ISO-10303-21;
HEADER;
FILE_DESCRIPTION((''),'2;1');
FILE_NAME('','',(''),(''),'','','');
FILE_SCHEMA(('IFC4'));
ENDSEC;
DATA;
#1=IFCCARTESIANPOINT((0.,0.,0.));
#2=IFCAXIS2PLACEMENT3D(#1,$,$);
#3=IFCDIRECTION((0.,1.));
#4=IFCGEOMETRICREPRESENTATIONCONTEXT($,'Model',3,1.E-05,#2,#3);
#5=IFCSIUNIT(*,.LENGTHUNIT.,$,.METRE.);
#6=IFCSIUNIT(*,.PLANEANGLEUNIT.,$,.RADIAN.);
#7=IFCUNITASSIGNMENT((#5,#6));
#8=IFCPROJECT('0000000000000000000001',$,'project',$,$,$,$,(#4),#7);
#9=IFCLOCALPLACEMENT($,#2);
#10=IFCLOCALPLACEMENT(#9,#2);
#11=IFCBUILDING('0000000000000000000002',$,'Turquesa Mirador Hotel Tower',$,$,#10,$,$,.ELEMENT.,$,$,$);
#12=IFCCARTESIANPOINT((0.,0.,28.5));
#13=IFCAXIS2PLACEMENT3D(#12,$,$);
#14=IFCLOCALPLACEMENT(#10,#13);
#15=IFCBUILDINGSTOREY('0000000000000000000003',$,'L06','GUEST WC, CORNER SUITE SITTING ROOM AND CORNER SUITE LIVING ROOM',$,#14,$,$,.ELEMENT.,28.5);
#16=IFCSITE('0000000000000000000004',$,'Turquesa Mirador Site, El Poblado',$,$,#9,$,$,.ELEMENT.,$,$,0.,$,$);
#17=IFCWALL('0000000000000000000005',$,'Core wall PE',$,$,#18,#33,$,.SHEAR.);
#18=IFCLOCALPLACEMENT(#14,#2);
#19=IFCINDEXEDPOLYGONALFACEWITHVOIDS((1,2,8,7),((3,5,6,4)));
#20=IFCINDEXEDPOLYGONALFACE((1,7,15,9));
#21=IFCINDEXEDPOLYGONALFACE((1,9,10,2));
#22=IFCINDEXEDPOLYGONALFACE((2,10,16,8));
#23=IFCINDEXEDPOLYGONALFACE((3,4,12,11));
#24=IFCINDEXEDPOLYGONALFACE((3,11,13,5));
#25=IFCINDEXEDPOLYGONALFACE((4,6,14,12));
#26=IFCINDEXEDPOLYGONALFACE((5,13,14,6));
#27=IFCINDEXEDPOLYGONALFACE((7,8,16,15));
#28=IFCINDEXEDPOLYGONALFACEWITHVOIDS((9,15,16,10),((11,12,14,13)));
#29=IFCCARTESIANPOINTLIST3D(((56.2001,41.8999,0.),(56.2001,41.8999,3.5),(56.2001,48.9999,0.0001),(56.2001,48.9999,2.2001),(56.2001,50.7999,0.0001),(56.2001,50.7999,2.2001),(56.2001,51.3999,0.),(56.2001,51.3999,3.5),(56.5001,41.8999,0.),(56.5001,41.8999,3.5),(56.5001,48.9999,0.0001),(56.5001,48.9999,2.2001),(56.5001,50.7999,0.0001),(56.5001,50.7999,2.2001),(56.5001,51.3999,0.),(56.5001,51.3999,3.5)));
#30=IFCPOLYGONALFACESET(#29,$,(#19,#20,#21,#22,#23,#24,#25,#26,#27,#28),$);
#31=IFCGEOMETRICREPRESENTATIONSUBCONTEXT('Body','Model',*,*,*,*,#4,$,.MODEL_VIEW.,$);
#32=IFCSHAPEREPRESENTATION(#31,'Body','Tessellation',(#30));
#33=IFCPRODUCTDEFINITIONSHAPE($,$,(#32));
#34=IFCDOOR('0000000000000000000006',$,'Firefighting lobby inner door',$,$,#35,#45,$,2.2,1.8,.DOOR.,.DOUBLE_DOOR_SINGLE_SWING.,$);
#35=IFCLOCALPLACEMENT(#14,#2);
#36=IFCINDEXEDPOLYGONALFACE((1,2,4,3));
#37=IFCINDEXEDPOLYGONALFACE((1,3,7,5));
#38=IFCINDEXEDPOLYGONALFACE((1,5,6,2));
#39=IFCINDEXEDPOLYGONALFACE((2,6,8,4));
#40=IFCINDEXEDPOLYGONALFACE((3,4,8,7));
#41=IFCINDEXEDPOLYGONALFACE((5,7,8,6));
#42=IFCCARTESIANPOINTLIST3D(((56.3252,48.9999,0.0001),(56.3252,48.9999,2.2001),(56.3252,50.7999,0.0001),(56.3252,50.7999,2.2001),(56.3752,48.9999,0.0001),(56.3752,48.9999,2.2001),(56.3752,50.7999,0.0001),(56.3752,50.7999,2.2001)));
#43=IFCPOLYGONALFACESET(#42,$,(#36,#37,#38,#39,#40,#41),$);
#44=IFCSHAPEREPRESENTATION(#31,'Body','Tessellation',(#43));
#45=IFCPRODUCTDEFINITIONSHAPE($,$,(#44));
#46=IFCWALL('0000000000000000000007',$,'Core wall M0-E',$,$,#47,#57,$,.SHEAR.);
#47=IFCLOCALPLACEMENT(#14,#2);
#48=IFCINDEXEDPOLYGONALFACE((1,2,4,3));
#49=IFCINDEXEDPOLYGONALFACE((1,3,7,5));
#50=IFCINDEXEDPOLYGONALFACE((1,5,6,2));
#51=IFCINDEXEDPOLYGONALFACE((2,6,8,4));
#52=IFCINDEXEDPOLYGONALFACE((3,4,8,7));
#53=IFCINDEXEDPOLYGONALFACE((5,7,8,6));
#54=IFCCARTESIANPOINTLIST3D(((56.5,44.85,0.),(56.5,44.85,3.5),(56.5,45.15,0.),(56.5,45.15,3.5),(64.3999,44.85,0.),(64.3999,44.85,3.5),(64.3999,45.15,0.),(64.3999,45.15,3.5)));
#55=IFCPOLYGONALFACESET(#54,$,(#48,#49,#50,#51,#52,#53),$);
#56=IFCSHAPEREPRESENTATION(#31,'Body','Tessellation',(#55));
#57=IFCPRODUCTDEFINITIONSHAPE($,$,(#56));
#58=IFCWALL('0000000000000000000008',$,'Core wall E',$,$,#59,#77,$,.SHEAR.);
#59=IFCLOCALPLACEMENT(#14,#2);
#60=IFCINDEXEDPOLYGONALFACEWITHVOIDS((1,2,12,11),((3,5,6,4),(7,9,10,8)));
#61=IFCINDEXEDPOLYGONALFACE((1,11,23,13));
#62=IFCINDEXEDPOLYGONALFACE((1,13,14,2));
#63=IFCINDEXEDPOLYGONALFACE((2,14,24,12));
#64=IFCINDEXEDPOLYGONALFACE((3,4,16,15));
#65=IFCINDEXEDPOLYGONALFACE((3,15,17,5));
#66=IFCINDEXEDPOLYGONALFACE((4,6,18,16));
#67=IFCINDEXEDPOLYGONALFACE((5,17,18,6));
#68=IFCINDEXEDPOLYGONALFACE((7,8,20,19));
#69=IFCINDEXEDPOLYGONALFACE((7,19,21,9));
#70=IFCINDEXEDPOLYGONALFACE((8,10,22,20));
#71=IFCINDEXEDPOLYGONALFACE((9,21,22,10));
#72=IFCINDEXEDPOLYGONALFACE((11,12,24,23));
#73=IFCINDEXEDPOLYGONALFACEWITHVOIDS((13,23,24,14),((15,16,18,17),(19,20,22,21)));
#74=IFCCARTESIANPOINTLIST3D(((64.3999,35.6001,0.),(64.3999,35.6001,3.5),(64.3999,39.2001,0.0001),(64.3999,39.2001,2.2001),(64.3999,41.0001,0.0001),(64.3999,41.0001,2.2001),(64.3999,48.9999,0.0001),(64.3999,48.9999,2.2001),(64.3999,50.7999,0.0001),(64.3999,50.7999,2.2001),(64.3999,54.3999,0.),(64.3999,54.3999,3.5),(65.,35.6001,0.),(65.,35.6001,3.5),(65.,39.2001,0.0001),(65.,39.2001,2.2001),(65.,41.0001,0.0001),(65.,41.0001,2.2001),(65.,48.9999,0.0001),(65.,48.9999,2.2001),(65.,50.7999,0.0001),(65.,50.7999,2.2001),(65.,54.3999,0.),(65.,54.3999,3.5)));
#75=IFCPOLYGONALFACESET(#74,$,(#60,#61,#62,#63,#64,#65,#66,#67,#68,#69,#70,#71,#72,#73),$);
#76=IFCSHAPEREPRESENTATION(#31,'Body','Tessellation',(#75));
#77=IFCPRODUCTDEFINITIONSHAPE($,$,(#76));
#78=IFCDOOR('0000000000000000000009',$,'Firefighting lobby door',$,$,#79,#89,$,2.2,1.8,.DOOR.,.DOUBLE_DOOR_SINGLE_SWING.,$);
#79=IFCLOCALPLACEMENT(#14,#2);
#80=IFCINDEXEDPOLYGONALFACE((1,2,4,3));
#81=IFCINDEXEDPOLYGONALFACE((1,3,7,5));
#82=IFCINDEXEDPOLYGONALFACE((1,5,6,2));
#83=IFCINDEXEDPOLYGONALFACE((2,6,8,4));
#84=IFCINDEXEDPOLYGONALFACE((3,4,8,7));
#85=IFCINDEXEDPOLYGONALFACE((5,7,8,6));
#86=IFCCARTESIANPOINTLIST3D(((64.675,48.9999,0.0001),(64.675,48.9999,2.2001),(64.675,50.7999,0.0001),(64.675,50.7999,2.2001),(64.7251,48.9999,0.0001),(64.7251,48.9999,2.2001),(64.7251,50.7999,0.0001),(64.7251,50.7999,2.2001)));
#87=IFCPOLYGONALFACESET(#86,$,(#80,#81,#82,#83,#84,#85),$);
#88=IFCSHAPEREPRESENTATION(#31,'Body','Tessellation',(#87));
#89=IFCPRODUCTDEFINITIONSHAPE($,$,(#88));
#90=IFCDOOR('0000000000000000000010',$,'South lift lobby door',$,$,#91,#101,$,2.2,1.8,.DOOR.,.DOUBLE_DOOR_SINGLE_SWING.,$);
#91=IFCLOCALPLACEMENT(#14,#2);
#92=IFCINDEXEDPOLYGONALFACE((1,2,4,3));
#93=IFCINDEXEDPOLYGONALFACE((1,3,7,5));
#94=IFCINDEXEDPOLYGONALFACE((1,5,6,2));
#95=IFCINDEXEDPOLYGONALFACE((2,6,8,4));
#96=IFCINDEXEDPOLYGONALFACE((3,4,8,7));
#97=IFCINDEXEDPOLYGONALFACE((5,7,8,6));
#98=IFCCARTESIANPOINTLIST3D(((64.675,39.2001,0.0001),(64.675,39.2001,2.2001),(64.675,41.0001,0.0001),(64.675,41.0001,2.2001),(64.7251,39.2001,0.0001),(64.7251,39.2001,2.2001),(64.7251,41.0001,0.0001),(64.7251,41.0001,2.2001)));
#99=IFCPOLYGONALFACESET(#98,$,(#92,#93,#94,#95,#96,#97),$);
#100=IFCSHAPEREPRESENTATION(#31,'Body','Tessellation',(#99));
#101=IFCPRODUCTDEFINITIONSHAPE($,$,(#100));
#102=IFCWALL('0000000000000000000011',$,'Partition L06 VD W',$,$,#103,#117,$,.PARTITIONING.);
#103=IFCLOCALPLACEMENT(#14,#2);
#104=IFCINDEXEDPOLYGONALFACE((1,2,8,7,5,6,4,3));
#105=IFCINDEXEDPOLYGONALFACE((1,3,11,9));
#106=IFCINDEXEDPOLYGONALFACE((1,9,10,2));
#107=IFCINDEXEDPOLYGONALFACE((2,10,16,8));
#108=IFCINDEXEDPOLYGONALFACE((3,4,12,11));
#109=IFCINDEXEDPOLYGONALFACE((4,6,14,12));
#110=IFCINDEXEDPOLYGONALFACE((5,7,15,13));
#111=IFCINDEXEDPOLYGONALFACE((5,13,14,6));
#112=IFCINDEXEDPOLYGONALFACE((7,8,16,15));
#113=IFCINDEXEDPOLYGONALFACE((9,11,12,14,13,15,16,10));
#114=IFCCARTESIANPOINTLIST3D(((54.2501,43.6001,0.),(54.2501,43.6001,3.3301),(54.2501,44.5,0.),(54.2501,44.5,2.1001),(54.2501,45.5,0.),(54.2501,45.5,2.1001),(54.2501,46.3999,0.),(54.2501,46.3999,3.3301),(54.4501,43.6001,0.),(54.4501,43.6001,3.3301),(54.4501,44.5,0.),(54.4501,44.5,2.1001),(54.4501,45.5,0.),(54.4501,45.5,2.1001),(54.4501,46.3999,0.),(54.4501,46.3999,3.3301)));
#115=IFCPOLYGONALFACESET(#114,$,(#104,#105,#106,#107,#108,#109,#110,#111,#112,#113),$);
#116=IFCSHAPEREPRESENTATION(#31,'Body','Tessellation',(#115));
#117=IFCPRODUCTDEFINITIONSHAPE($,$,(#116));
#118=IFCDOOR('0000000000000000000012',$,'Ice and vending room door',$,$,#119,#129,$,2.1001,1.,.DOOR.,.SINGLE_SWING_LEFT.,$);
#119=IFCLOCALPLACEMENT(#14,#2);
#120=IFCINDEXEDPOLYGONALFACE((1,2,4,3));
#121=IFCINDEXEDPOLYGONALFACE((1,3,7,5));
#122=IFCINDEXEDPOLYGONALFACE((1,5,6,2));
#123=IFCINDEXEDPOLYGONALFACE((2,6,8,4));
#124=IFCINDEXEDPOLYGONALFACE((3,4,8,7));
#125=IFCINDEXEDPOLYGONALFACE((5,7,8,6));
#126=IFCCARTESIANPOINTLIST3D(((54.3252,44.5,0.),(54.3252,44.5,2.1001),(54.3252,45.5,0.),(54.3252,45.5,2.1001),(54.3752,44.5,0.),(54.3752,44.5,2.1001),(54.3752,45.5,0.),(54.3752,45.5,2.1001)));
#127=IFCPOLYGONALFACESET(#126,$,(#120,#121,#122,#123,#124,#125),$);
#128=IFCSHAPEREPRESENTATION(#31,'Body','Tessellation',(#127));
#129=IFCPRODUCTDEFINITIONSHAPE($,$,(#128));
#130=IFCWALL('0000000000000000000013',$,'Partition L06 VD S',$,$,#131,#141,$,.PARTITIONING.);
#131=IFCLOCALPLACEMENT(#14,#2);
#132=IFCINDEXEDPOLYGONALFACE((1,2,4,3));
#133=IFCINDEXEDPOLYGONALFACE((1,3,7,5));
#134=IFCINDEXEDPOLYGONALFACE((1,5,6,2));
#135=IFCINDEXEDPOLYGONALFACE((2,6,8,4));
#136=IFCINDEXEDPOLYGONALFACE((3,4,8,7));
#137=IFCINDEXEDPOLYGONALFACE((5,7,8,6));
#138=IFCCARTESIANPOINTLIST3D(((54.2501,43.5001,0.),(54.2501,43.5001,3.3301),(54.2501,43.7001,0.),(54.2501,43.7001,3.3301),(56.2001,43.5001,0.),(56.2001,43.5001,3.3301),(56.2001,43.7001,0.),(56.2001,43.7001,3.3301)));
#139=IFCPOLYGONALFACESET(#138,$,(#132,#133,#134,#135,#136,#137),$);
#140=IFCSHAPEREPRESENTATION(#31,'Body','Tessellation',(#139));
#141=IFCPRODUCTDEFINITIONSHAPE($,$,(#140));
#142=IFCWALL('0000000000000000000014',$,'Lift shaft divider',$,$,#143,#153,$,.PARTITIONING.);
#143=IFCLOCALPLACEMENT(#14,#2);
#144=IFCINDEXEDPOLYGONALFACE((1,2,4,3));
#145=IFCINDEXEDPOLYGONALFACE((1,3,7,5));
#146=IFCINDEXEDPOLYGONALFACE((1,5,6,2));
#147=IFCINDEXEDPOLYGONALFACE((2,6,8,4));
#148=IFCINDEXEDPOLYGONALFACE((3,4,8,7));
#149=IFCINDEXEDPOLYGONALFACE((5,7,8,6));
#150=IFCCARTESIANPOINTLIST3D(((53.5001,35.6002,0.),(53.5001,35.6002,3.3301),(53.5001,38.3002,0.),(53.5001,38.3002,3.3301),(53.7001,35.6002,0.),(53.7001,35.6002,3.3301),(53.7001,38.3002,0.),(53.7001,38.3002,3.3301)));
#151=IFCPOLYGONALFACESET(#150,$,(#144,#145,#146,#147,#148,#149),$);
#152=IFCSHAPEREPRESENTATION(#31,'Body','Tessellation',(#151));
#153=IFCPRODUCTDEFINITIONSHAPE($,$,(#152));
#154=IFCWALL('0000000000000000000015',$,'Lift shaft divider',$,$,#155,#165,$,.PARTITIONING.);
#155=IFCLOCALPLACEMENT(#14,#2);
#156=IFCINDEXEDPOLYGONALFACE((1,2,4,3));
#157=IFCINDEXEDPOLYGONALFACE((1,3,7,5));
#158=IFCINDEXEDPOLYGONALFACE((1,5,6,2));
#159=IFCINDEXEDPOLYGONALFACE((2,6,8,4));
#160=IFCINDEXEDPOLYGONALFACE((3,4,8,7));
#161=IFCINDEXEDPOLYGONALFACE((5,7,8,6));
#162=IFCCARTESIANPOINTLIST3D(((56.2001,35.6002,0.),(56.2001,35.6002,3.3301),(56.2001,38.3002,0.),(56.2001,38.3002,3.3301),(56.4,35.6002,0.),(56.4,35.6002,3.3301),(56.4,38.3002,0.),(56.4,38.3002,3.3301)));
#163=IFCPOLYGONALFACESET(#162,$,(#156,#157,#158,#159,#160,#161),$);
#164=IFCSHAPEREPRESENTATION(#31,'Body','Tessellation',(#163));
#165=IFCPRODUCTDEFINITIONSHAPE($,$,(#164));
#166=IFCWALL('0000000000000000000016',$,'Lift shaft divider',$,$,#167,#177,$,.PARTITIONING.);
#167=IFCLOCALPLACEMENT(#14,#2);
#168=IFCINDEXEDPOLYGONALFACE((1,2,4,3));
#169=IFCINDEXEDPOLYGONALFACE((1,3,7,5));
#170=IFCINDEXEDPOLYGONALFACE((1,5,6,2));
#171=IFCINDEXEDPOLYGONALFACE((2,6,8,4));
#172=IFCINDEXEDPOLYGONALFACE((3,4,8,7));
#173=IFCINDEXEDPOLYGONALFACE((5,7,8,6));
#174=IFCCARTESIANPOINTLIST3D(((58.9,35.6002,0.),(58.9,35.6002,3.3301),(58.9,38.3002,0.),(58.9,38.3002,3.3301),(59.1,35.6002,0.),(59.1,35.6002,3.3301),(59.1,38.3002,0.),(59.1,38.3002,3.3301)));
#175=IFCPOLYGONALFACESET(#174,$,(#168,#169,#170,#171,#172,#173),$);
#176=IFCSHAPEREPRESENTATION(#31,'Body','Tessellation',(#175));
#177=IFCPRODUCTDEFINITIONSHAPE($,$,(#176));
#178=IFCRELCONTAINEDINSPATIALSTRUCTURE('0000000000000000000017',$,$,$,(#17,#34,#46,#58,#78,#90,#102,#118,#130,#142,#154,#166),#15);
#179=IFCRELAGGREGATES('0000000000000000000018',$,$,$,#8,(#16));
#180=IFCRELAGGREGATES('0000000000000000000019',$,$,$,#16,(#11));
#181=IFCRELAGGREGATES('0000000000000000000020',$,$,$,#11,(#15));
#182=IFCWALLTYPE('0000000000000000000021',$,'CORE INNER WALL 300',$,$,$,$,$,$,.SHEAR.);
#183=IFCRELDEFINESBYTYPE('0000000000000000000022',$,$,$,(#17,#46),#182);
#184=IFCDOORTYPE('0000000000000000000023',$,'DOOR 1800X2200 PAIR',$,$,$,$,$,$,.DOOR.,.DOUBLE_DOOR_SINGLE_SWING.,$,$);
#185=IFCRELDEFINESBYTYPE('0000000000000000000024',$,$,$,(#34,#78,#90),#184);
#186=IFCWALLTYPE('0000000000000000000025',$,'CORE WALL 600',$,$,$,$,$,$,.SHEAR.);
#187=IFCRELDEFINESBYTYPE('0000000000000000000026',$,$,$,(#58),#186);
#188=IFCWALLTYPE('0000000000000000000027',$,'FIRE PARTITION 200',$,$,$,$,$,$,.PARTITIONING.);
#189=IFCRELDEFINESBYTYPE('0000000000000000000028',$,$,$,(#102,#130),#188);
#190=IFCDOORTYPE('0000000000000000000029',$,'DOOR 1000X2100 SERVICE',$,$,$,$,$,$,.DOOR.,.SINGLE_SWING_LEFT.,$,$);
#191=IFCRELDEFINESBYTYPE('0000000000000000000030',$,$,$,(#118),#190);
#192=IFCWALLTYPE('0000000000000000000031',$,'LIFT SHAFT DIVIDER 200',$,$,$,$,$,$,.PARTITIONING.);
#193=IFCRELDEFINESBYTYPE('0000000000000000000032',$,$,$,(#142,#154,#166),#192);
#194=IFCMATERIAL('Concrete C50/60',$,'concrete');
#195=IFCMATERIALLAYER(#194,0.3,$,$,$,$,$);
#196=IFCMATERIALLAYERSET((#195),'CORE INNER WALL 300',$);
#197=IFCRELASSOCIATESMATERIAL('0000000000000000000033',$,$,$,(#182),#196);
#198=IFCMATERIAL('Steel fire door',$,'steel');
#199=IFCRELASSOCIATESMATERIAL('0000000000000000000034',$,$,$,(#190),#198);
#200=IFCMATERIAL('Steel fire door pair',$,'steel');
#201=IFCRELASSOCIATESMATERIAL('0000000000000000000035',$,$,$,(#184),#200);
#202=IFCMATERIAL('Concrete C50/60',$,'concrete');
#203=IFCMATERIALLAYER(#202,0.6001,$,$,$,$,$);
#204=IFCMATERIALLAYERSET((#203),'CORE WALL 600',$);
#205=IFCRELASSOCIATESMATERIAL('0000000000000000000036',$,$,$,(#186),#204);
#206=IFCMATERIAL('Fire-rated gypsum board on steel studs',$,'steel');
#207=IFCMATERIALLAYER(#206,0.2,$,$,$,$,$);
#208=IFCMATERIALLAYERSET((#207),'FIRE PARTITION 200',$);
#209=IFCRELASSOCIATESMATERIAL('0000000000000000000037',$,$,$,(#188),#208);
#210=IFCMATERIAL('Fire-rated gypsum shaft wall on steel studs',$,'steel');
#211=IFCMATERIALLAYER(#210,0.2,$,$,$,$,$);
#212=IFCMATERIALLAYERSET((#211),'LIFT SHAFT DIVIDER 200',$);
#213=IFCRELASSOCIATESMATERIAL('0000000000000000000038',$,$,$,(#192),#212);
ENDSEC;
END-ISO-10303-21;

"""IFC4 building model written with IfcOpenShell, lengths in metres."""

from ifc_helpers import new_model, si_unit, direction, frame, frame_2d, origin, place, context, subcontext, project, spatial, rectangle, extrude, material, layer, layer_set, type_object, element, fill, save


model = new_model("IFC4")

# Units and contexts
model_context = context("Model", 3, precision=1e-05, world=origin(), true_north=direction((0.0, 1.0)))
body_context = subcontext(model_context, "Body", "Model", "MODEL_VIEW")
ifc_project = project(units=[si_unit("LENGTHUNIT", "METRE"), si_unit("PLANEANGLEUNIT", "RADIAN")], contexts=[model_context])

# Site, building, storey
site_placement = place(None, origin())
site = spatial("IfcSite", under=ifc_project, at=site_placement, Name="Turquesa Mirador Site, El Poblado", CompositionType="ELEMENT", RefElevation=0.0)
building_placement = place(site_placement, origin())
building = spatial("IfcBuilding", under=site, at=building_placement, Name="Turquesa Mirador Hotel Tower", CompositionType="ELEMENT")
storey_placement = place(building_placement, frame((0.0, 0.0, 28.5)))
storey = spatial("IfcBuildingStorey", under=building, at=storey_placement, Name="L06", Description="GUEST WC, CORNER SUITE SITTING ROOM AND CORNER SUITE LIVING ROOM", CompositionType="ELEMENT", Elevation=28.5)

# Wall, opening, door
ifc_material_1 = material(Name="Concrete C50/60", Category="concrete")
ifc_layer_1 = layer(ifc_material_1, 0.3)
ifc_layer_set_1 = layer_set([ifc_layer_1], Name="CORE INNER WALL 300")
wall_type_1 = type_object("IfcWallType", Name="CORE INNER WALL 300", PredefinedType="SHEAR", material=ifc_layer_set_1)
ifc_material_2 = material(Name="Steel fire door", Category="steel")
door_type_1 = type_object("IfcDoorType", Name="DOOR 1000X2100 SERVICE", OperationType="SINGLE_SWING_LEFT", PredefinedType="DOOR", material=ifc_material_2)
wall_1_placement = place(storey_placement, frame((56.3501, 41.8999, 0.0), z_axis=(0.0, 0.0, 1.0), x_axis=(0.0, 1.0, 0.0)))
wall_1 = element("IfcWall", 1, at=wall_1_placement, inside=storey, type_object=wall_type_1, Name="Core wall PE", PredefinedType="SHEAR", context=body_context, shape_type="SweptSolid", body=[
    extrude(rectangle(XDim=9.5, YDim=0.3, at=frame_2d((4.75, 0.0))), origin(), (0.0, 0.0, 1.0), 3.5),
])
opening_1_placement = place(wall_1_placement, frame((7.1001, 0.0, 0.0)))
opening_1 = element("IfcOpeningElement", 2, at=opening_1_placement, cuts=wall_1, PredefinedType="OPENING", context=body_context, shape_type="SweptSolid", body=[
    extrude(rectangle(XDim=1.8, YDim=2.2, at=frame_2d((0.8999, 1.1001))), frame((0.0, 0.1599, 0.0), z_axis=(0.0, -1.0, 0.0), x_axis=(1.0, 0.0, 0.0)), (0.0, 0.0, 1.0), 0.3201),
])
ifc_material_3 = material(Name="Steel fire door pair", Category="steel")
door_type_2 = type_object("IfcDoorType", Name="DOOR 1800X2200 PAIR", OperationType="DOUBLE_DOOR_SINGLE_SWING", PredefinedType="DOOR", material=ifc_material_3)
door_1_placement = place(opening_1_placement, origin())
door_1 = element("IfcDoor", 3, at=door_1_placement, inside=storey, type_object=door_type_2, Name="Firefighting lobby inner door", OperationType="DOUBLE_DOOR_SINGLE_SWING", OverallHeight=2.2, OverallWidth=1.8, PredefinedType="DOOR", context=body_context, shape_type="SweptSolid", body=[
    extrude(rectangle(XDim=1.8, YDim=2.2, at=frame_2d((0.8999, 1.1001))), frame((0.0, 0.0249, 0.0), z_axis=(0.0, -1.0, 0.0), x_axis=(1.0, 0.0, 0.0)), (0.0, 0.0, 1.0), 0.05),
])
fill(opening_1, door_1)

# Wall
wall_2_placement = place(storey_placement, frame((56.5, 45.0, 0.0), z_axis=(0.0, 0.0, 1.0), x_axis=(1.0, 0.0, 0.0)))
element("IfcWall", 4, at=wall_2_placement, inside=storey, type_object=wall_type_1, Name="Core wall M0-E", PredefinedType="SHEAR", context=body_context, shape_type="SweptSolid", body=[
    extrude(rectangle(XDim=7.8999, YDim=0.3, at=frame_2d((3.95, 0.0))), origin(), (0.0, 0.0, 1.0), 3.5),
])

# Wall, openings, doors
ifc_material_4 = material(Name="Concrete C50/60", Category="concrete")
ifc_layer_2 = layer(ifc_material_4, 0.6001)
ifc_layer_set_2 = layer_set([ifc_layer_2], Name="CORE WALL 600")
wall_type_2 = type_object("IfcWallType", Name="CORE WALL 600", PredefinedType="SHEAR", material=ifc_layer_set_2)
wall_3_placement = place(storey_placement, frame((64.7, 35.6001, 0.0), z_axis=(0.0, 0.0, 1.0), x_axis=(0.0, 1.0, 0.0)))
wall_3 = element("IfcWall", 5, at=wall_3_placement, inside=storey, type_object=wall_type_2, Name="Core wall E", PredefinedType="SHEAR", context=body_context, shape_type="SweptSolid", body=[
    extrude(rectangle(XDim=18.7998, YDim=0.6001, at=frame_2d((9.3999, 0.0))), origin(), (0.0, 0.0, 1.0), 3.5),
])
opening_2_placement = place(wall_3_placement, frame((13.3999, 0.0, 0.0)))
opening_2 = element("IfcOpeningElement", 6, at=opening_2_placement, cuts=wall_3, PredefinedType="OPENING", context=body_context, shape_type="SweptSolid", body=[
    extrude(rectangle(XDim=1.8, YDim=2.2, at=frame_2d((0.8999, 1.1001))), frame((0.0, 0.3101, 0.0), z_axis=(0.0, -1.0, 0.0), x_axis=(1.0, 0.0, 0.0)), (0.0, 0.0, 1.0), 0.6201),
])
opening_3_placement = place(wall_3_placement, frame((3.6001, 0.0, 0.0)))
opening_3 = element("IfcOpeningElement", 7, at=opening_3_placement, cuts=wall_3, PredefinedType="OPENING", context=body_context, shape_type="SweptSolid", body=[
    extrude(rectangle(XDim=1.8, YDim=2.2, at=frame_2d((0.8999, 1.1001))), frame((0.0, 0.3101, 0.0), z_axis=(0.0, -1.0, 0.0), x_axis=(1.0, 0.0, 0.0)), (0.0, 0.0, 1.0), 0.6201),
])
door_2_placement = place(opening_2_placement, origin())
door_2 = element("IfcDoor", 8, at=door_2_placement, inside=storey, type_object=door_type_2, Name="Firefighting lobby door", OperationType="DOUBLE_DOOR_SINGLE_SWING", OverallHeight=2.2, OverallWidth=1.8, PredefinedType="DOOR", context=body_context, shape_type="SweptSolid", body=[
    extrude(rectangle(XDim=1.8, YDim=2.2, at=frame_2d((0.8999, 1.1001))), frame((0.0, 0.0249, 0.0), z_axis=(0.0, -1.0, 0.0), x_axis=(1.0, 0.0, 0.0)), (0.0, 0.0, 1.0), 0.05),
])
fill(opening_2, door_2)
door_3_placement = place(opening_3_placement, origin())
door_3 = element("IfcDoor", 9, at=door_3_placement, inside=storey, type_object=door_type_2, Name="South lift lobby door", OperationType="DOUBLE_DOOR_SINGLE_SWING", OverallHeight=2.2, OverallWidth=1.8, PredefinedType="DOOR", context=body_context, shape_type="SweptSolid", body=[
    extrude(rectangle(XDim=1.8, YDim=2.2, at=frame_2d((0.8999, 1.1001))), frame((0.0, 0.0249, 0.0), z_axis=(0.0, -1.0, 0.0), x_axis=(1.0, 0.0, 0.0)), (0.0, 0.0, 1.0), 0.05),
])
fill(opening_3, door_3)

# Wall, opening, door
ifc_material_5 = material(Name="Fire-rated gypsum board on steel studs", Category="steel")
ifc_layer_3 = layer(ifc_material_5, 0.2)
ifc_layer_set_3 = layer_set([ifc_layer_3], Name="FIRE PARTITION 200")
wall_type_3 = type_object("IfcWallType", Name="FIRE PARTITION 200", PredefinedType="PARTITIONING", material=ifc_layer_set_3)
wall_4_placement = place(storey_placement, frame((54.3501, 43.6001, 0.0), z_axis=(0.0, 0.0, 1.0), x_axis=(0.0, 1.0, 0.0)))
wall_4 = element("IfcWall", 10, at=wall_4_placement, inside=storey, type_object=wall_type_3, Name="Partition L06 VD W", PredefinedType="PARTITIONING", context=body_context, shape_type="SweptSolid", body=[
    extrude(rectangle(XDim=2.7998, YDim=0.2, at=frame_2d((1.3999, 0.0))), origin(), (0.0, 0.0, 1.0), 3.3301),
])
opening_4_placement = place(wall_4_placement, frame((0.8999, 0.0, 0.0)))
opening_4 = element("IfcOpeningElement", 11, at=opening_4_placement, cuts=wall_4, PredefinedType="OPENING", context=body_context, shape_type="SweptSolid", body=[
    extrude(rectangle(XDim=1.0, YDim=2.1001, at=frame_2d((0.5, 1.05))), frame((0.0, 0.1099, 0.0), z_axis=(0.0, -1.0, 0.0), x_axis=(1.0, 0.0, 0.0)), (0.0, 0.0, 1.0), 0.22),
])
door_4_placement = place(opening_4_placement, origin())
door_4 = element("IfcDoor", 12, at=door_4_placement, inside=storey, type_object=door_type_1, Name="Ice and vending room door", OperationType="SINGLE_SWING_LEFT", OverallHeight=2.1001, OverallWidth=1.0, PredefinedType="DOOR", context=body_context, shape_type="SweptSolid", body=[
    extrude(rectangle(XDim=1.0, YDim=2.1001, at=frame_2d((0.5, 1.05))), frame((0.0, 0.0249, 0.0), z_axis=(0.0, -1.0, 0.0), x_axis=(1.0, 0.0, 0.0)), (0.0, 0.0, 1.0), 0.05),
])
fill(opening_4, door_4)

# Walls
wall_5_placement = place(storey_placement, frame((54.25, 43.6001, 0.0), z_axis=(0.0, 0.0, 1.0), x_axis=(1.0, 0.0, 0.0)))
element("IfcWall", 13, at=wall_5_placement, inside=storey, type_object=wall_type_3, Name="Partition L06 VD S", PredefinedType="PARTITIONING", context=body_context, shape_type="SweptSolid", body=[
    extrude(rectangle(XDim=1.95, YDim=0.2, at=frame_2d((0.9751, 0.0))), origin(), (0.0, 0.0, 1.0), 3.3301),
])
ifc_material_6 = material(Name="Fire-rated gypsum shaft wall on steel studs", Category="steel")
ifc_layer_4 = layer(ifc_material_6, 0.2)
ifc_layer_set_4 = layer_set([ifc_layer_4], Name="LIFT SHAFT DIVIDER 200")
wall_type_4 = type_object("IfcWallType", Name="LIFT SHAFT DIVIDER 200", PredefinedType="PARTITIONING", material=ifc_layer_set_4)
for number, where, z_axis, x_axis, name in (
    (14, (53.6001, 35.6001, 0.0), (0.0, 0.0, 1.0), (0.0, 1.0, 0.0), "Lift shaft divider"),
    (15, (56.3, 35.6001, 0.0), (0.0, 0.0, 1.0), (0.0, 1.0, 0.0), "Lift shaft divider"),
    (16, (59.0, 35.6001, 0.0), (0.0, 0.0, 1.0), (0.0, 1.0, 0.0), "Lift shaft divider"),
):
    element("IfcWall", number, at=place(storey_placement, frame(where, z_axis=z_axis, x_axis=x_axis)), inside=storey, type_object=wall_type_4, Name=name, PredefinedType="PARTITIONING", context=body_context, shape_type="SweptSolid", body=[
        extrude(rectangle(XDim=2.7, YDim=0.2, at=frame_2d((1.3501, 0.0))), origin(), (0.0, 0.0, 1.0), 3.3301),
    ])

save(model, "model.ifc")
